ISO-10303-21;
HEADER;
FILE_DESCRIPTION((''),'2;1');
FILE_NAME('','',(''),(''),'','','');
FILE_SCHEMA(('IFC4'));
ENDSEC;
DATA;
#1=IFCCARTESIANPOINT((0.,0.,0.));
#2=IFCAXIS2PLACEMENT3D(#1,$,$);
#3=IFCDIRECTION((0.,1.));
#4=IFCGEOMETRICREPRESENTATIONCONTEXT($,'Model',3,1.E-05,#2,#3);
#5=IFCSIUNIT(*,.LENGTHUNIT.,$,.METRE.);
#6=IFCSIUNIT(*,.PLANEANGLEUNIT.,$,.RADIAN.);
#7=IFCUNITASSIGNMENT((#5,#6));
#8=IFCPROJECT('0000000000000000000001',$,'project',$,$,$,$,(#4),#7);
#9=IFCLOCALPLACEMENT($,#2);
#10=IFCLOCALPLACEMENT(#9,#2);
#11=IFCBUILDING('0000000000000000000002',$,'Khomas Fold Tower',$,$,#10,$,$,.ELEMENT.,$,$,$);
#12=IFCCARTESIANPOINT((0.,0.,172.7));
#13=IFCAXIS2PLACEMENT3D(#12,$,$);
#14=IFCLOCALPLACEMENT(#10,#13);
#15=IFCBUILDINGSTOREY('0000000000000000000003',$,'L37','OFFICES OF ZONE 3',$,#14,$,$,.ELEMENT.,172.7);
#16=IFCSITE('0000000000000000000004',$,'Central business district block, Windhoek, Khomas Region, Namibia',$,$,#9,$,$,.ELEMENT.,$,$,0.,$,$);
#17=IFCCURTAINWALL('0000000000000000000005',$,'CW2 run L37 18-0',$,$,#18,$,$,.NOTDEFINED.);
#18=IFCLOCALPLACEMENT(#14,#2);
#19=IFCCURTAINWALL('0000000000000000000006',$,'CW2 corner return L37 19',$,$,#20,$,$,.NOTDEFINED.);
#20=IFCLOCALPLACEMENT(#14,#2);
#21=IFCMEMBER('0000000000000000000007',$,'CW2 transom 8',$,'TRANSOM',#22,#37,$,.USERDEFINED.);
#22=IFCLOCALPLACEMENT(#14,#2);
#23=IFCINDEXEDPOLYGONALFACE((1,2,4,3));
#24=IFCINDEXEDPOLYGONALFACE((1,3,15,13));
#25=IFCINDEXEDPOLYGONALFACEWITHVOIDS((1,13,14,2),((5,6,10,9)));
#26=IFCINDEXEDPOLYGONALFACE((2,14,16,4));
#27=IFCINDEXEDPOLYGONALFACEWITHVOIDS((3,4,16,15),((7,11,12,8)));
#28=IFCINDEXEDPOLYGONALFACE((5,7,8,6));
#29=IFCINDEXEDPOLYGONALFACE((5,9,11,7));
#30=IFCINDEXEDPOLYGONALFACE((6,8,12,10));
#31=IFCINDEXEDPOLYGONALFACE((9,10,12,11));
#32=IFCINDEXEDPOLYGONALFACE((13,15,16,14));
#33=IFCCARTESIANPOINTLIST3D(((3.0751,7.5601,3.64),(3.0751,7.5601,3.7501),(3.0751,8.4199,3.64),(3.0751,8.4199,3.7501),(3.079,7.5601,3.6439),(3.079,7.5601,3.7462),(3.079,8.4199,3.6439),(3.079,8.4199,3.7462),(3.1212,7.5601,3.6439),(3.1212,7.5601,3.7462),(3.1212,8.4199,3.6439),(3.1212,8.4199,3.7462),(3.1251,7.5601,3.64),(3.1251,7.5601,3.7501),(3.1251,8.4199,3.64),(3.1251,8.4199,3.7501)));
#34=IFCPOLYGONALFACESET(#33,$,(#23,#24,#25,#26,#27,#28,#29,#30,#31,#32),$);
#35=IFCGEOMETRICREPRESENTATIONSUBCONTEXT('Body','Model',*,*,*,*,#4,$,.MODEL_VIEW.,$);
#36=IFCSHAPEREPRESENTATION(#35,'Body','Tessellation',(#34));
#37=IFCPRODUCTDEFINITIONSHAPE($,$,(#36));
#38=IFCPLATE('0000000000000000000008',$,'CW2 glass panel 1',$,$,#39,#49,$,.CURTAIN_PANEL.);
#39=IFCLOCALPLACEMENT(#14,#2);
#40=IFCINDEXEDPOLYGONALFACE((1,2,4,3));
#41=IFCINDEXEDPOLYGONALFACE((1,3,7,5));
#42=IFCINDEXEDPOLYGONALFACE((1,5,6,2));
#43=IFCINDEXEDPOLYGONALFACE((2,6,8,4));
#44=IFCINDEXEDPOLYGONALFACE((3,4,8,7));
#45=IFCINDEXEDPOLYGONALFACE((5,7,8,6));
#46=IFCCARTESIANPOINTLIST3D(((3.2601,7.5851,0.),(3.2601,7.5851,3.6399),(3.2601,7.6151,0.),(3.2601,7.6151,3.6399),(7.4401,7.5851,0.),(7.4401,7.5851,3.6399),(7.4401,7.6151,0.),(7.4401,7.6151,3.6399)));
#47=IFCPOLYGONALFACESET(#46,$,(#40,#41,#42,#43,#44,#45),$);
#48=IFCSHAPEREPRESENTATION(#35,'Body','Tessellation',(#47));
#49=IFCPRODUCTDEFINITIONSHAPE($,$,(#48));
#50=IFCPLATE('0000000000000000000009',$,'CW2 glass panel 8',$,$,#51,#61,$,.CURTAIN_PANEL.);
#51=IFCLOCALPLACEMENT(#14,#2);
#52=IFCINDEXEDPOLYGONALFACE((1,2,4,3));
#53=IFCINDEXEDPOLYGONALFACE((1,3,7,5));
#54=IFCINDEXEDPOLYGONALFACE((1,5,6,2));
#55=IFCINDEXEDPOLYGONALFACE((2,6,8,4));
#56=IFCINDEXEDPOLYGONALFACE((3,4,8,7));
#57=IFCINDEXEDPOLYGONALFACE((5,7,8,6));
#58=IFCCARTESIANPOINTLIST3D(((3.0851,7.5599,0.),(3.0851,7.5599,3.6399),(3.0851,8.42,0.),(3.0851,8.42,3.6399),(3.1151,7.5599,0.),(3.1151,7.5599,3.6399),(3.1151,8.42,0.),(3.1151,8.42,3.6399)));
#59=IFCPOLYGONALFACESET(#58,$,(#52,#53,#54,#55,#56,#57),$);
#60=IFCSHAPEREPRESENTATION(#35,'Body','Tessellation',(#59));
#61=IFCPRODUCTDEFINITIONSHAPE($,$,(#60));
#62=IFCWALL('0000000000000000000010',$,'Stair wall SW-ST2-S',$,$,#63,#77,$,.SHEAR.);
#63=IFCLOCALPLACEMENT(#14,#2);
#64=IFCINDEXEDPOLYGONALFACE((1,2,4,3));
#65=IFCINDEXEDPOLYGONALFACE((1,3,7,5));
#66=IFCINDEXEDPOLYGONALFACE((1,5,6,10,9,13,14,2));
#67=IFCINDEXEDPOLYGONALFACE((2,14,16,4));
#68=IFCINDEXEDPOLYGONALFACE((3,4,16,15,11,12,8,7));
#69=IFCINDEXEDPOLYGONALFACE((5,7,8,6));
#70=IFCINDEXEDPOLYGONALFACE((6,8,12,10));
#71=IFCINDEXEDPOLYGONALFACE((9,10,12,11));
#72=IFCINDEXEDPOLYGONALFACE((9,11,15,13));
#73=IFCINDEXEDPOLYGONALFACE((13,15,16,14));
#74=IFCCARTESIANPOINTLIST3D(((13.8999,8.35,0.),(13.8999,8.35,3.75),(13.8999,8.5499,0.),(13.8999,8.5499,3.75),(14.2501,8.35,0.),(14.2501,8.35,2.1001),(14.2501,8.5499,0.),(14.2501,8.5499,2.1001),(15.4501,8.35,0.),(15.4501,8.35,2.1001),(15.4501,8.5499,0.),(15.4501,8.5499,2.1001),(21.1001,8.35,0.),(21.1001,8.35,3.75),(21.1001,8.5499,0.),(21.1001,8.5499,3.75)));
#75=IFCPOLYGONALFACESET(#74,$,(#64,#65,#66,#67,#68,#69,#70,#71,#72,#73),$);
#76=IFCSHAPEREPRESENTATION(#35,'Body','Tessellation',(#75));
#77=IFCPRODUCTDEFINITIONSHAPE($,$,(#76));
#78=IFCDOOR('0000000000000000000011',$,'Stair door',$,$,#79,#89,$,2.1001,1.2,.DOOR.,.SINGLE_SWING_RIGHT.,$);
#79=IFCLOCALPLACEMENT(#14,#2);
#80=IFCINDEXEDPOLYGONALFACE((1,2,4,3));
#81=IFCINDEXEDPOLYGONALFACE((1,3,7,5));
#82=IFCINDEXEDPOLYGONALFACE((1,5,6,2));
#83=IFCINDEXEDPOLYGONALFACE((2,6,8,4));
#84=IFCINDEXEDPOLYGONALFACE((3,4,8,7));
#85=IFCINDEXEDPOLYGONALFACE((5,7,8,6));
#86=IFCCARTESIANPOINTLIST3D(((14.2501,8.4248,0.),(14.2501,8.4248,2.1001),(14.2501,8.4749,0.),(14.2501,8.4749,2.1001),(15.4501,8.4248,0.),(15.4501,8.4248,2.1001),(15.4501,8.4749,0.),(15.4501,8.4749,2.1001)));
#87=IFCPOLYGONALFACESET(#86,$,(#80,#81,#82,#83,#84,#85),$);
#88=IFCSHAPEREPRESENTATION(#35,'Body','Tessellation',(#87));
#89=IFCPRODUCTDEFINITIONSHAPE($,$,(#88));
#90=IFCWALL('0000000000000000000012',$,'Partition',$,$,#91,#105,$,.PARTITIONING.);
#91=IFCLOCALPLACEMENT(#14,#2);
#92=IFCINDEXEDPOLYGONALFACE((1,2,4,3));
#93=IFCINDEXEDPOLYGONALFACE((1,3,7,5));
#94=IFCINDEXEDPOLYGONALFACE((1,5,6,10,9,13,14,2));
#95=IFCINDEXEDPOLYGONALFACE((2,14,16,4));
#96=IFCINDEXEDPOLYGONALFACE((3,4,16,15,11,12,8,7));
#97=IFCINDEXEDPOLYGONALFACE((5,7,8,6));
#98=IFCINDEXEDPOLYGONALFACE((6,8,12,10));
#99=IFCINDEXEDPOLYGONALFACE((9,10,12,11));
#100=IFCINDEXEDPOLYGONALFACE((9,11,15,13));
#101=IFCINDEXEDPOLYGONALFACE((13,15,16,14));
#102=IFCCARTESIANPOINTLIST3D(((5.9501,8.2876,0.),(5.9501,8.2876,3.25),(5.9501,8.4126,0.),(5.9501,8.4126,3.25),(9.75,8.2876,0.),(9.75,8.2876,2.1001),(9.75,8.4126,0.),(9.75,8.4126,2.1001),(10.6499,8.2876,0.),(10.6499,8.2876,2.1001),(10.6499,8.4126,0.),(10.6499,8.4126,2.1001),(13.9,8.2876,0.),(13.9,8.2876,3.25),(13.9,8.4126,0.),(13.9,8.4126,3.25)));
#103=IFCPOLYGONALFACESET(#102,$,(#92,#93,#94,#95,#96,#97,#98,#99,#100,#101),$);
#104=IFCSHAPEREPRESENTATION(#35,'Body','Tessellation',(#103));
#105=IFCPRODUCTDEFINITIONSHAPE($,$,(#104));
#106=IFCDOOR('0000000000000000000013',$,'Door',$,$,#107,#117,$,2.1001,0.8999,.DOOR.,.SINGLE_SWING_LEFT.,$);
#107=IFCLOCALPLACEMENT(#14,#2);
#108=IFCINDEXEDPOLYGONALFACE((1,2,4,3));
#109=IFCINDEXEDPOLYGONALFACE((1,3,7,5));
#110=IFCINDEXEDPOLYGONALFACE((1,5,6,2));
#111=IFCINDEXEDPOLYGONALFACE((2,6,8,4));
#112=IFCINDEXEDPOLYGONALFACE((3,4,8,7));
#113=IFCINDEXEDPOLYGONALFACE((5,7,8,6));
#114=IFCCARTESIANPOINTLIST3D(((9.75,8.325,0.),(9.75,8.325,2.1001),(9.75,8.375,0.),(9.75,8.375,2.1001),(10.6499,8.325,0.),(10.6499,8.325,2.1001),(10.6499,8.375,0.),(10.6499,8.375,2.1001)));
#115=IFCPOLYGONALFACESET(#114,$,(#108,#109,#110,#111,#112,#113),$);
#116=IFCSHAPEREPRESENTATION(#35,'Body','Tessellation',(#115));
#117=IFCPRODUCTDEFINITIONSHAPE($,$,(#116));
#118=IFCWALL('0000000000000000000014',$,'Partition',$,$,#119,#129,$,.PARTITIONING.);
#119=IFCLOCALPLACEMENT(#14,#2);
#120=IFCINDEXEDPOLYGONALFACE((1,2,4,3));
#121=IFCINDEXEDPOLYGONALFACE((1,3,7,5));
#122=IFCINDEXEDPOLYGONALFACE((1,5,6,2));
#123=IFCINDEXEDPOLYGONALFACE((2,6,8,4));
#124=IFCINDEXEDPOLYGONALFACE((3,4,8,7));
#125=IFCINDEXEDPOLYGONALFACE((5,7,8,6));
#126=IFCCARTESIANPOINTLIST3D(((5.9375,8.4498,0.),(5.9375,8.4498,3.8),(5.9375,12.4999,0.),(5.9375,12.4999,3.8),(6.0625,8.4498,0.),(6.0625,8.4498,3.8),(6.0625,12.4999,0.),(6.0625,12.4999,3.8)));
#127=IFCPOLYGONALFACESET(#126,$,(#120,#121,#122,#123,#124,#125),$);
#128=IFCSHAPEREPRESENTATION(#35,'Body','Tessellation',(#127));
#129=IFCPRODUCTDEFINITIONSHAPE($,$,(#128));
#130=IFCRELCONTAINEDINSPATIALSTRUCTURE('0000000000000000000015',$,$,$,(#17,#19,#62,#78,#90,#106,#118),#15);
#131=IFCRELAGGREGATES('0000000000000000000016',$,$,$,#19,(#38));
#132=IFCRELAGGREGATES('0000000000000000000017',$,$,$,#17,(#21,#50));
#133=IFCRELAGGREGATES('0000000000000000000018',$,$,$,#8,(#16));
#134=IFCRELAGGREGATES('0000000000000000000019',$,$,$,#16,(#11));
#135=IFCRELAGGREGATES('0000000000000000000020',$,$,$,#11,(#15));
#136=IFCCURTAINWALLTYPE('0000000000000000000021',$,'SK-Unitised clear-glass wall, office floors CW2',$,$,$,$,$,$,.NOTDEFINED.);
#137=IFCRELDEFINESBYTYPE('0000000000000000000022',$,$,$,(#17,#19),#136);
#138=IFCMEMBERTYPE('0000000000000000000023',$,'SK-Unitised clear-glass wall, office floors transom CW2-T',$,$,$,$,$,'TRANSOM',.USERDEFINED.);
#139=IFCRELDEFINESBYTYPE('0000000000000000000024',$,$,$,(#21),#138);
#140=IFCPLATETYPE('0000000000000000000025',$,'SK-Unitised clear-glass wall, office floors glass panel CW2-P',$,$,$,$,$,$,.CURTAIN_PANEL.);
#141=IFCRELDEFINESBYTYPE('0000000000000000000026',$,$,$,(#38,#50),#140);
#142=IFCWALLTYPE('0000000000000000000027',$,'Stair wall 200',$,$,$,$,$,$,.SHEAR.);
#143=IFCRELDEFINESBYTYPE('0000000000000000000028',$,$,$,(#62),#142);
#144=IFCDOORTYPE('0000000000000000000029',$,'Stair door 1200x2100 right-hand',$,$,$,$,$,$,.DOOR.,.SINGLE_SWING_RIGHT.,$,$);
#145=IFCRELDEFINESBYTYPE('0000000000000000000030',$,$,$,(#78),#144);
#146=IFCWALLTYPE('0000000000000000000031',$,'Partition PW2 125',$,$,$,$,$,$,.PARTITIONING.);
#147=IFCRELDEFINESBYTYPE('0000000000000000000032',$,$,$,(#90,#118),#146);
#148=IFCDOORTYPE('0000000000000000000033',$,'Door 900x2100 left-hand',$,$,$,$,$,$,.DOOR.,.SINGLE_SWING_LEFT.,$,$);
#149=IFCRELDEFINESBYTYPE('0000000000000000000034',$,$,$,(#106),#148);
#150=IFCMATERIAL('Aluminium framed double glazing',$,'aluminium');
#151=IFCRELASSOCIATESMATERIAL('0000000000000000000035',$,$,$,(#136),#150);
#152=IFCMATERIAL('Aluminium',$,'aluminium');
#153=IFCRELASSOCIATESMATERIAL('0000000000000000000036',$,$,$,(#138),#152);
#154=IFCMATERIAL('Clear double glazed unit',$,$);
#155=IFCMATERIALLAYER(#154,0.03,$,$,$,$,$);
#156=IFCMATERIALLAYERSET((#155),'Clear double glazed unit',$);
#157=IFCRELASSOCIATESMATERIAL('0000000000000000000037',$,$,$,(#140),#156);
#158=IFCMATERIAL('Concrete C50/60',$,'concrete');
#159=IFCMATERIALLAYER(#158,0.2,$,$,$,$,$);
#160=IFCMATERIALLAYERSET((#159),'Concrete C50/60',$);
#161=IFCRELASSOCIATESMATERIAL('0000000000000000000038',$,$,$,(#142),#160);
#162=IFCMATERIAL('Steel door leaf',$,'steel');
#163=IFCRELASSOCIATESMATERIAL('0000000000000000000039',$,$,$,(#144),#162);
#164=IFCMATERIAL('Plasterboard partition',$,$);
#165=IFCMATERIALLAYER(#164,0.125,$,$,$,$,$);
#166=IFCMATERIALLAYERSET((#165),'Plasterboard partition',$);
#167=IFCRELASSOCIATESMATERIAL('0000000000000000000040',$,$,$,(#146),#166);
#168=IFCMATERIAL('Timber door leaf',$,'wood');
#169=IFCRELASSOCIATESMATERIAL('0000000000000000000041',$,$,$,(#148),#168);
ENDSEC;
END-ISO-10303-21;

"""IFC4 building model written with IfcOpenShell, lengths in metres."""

from ifc_helpers import new_model, si_unit, direction, frame, frame_2d, origin, origin_2d, place, context, subcontext, project, spatial, rectangle, hollow_rectangle, extrude, source, transform, mapped, material, layer, layer_set, material_profile, profile_set, type_object, element, fill, aggregate, save


model = new_model("IFC4")

# Units and contexts
model_context = context("Model", 3, precision=1e-05, world=origin(), true_north=direction((0.0, 1.0)))
body_context = subcontext(model_context, "Body", "Model", "MODEL_VIEW")
ifc_project = project(units=[si_unit("LENGTHUNIT", "METRE"), si_unit("PLANEANGLEUNIT", "RADIAN")], contexts=[model_context])

# Site, building, storey
site_placement = place(None, origin())
site = spatial("IfcSite", under=ifc_project, at=site_placement, Name="Central business district block, Windhoek, Khomas Region, Namibia", CompositionType="ELEMENT", RefElevation=0.0)
building_placement = place(site_placement, origin())
building = spatial("IfcBuilding", under=site, at=building_placement, Name="Khomas Fold Tower", CompositionType="ELEMENT")
storey_placement = place(building_placement, frame((0.0, 0.0, 172.7)))
storey = spatial("IfcBuildingStorey", under=building, at=storey_placement, Name="L37", Description="OFFICES OF ZONE 3", CompositionType="ELEMENT", Elevation=172.7)

# Shared definitions
ifc_material_1 = material(Name="Aluminium framed double glazing", Category="aluminium")
curtain_wall_type = type_object("IfcCurtainWallType", Name="SK-Unitised clear-glass wall, office floors CW2", PredefinedType="NOTDEFINED", material=ifc_material_1)

# Curtain walls
curtain_wall_1_placement = place(storey_placement, origin())
curtain_wall_1 = element("IfcCurtainWall", 1, at=curtain_wall_1_placement, inside=storey, type_object=curtain_wall_type, Name="CW2 run L37 18-0", PredefinedType="NOTDEFINED")
curtain_wall_2_placement = place(storey_placement, origin())
curtain_wall_2 = element("IfcCurtainWall", 2, at=curtain_wall_2_placement, inside=storey, type_object=curtain_wall_type, Name="CW2 corner return L37 19", PredefinedType="NOTDEFINED")

# Member
ifc_material_2 = material(Name="Aluminium", Category="aluminium")
ifc_material_profile_1 = material_profile(ifc_material_2, hollow_rectangle(XDim=0.05, YDim=0.1101, WallThickness=0.0039, at=origin_2d()), Name="SK-Unitised clear-glass wall, office floors transom CW2-T")
ifc_profile_set_1 = profile_set([ifc_material_profile_1], Name="Aluminium")
member_type_1 = type_object("IfcMemberType", Name="SK-Unitised clear-glass wall, office floors transom CW2-T", ElementType="TRANSOM", PredefinedType="USERDEFINED", material=ifc_profile_set_1)
shared_shape_1 = source(origin(), body_context, "Body", "SweptSolid", [
    extrude(hollow_rectangle(XDim=0.05, YDim=0.1101, WallThickness=0.0039, at=origin_2d()), origin(), (0.0, 0.0, 1.0), 0.8599),
])
member_1_placement = place(storey_placement, frame((3.1001, 8.4199, 3.6951), z_axis=(0.0, -1.0, 0.0), x_axis=(1.0, 0.0, 0.0)))
member_1 = element("IfcMember", 3, at=member_1_placement, type_object=member_type_1, Name="CW2 transom 8", ObjectType="TRANSOM", PredefinedType="USERDEFINED", context=body_context, shape_type="MappedRepresentation", body=[
    mapped(shared_shape_1, transform((0.0, 0.0, 0.0))),
])

# Plates
ifc_material_3 = material(Name="Clear double glazed unit")
ifc_layer_1 = layer(ifc_material_3, 0.03)
ifc_layer_set_1 = layer_set([ifc_layer_1], Name="Clear double glazed unit")
plate_type = type_object("IfcPlateType", Name="SK-Unitised clear-glass wall, office floors glass panel CW2-P", PredefinedType="CURTAIN_PANEL", material=ifc_layer_set_1)
shared_shape_2 = source(origin(), body_context, "Body", "SweptSolid", [
    extrude(rectangle(XDim=4.1799, YDim=0.03, at=origin_2d()), origin(), (0.0, 0.0, 1.0), 3.6399),
])
plate_1_placement = place(storey_placement, frame((5.3501, 7.6001, 0.0), z_axis=(0.0, 0.0, 1.0), x_axis=(1.0, 0.0, 0.0)))
plate_1 = element("IfcPlate", 4, at=plate_1_placement, type_object=plate_type, Name="CW2 glass panel 1", PredefinedType="CURTAIN_PANEL", context=body_context, shape_type="MappedRepresentation", body=[
    mapped(shared_shape_2, transform((0.0, 0.0, 0.0))),
])
aggregate(curtain_wall_2, [plate_1])
shared_shape_3 = source(origin(), body_context, "Body", "SweptSolid", [
    extrude(rectangle(XDim=0.8601, YDim=0.03, at=origin_2d()), origin(), (0.0, 0.0, 1.0), 3.6399),
])
plate_2_placement = place(storey_placement, frame((3.1001, 7.99, 0.0), z_axis=(0.0, 0.0, 1.0), x_axis=(0.0, -1.0, 0.0)))
plate_2 = element("IfcPlate", 5, at=plate_2_placement, type_object=plate_type, Name="CW2 glass panel 8", PredefinedType="CURTAIN_PANEL", context=body_context, shape_type="MappedRepresentation", body=[
    mapped(shared_shape_3, transform((0.0, 0.0, 0.0))),
])
aggregate(curtain_wall_1, [member_1, plate_2])

# Walls, openings, doors
ifc_material_4 = material(Name="Concrete C50/60", Category="concrete")
ifc_layer_2 = layer(ifc_material_4, 0.2)
ifc_layer_set_2 = layer_set([ifc_layer_2], Name="Concrete C50/60")
wall_type_1 = type_object("IfcWallType", Name="Stair wall 200", PredefinedType="SHEAR", material=ifc_layer_set_2)
shared_shape_4 = source(origin(), body_context, "Body", "SweptSolid", [
    extrude(rectangle(XDim=7.2002, YDim=0.2, at=frame_2d((3.6001, 0.0))), origin(), (0.0, 0.0, 1.0), 3.75),
])
wall_1_placement = place(storey_placement, frame((13.8999, 8.45, 0.0), z_axis=(0.0, 0.0, 1.0), x_axis=(1.0, 0.0, 0.0)))
wall_1 = element("IfcWall", 6, at=wall_1_placement, inside=storey, type_object=wall_type_1, Name="Stair wall SW-ST2-S", PredefinedType="SHEAR", context=body_context, shape_type="MappedRepresentation", body=[
    mapped(shared_shape_4, transform((0.0, 0.0, 0.0))),
])
shared_shape_5 = source(origin(), body_context, "Body", "SweptSolid", [
    extrude(rectangle(XDim=1.2, YDim=2.1001, at=frame_2d((0.6001, 1.05))), frame((0.0, 0.1099, 0.0), z_axis=(0.0, -1.0, 0.0), x_axis=(1.0, 0.0, 0.0)), (0.0, 0.0, 1.0), 0.22),
])
opening_1_placement = place(wall_1_placement, frame((0.3501, 0.0, 0.0)))
opening_1 = element("IfcOpeningElement", 7, at=opening_1_placement, cuts=wall_1, PredefinedType="OPENING", context=body_context, shape_type="MappedRepresentation", body=[
    mapped(shared_shape_5, transform((0.0, 0.0, 0.0))),
])
ifc_material_5 = material(Name="Steel door leaf", Category="steel")
door_type_1 = type_object("IfcDoorType", Name="Stair door 1200x2100 right-hand", OperationType="SINGLE_SWING_RIGHT", PredefinedType="DOOR", material=ifc_material_5)
shared_shape_6 = source(origin(), body_context, "Body", "SweptSolid", [
    extrude(rectangle(XDim=1.2, YDim=2.1001, at=frame_2d((0.6001, 1.05))), frame((0.0, 0.0249, 0.0), z_axis=(0.0, -1.0, 0.0), x_axis=(1.0, 0.0, 0.0)), (0.0, 0.0, 1.0), 0.05),
])
door_1_placement = place(opening_1_placement, origin())
door_1 = element("IfcDoor", 8, at=door_1_placement, inside=storey, type_object=door_type_1, Name="Stair door", OperationType="SINGLE_SWING_RIGHT", OverallHeight=2.1001, OverallWidth=1.2, PredefinedType="DOOR", context=body_context, shape_type="MappedRepresentation", body=[
    mapped(shared_shape_6, transform((0.0, 0.0, 0.0))),
])
fill(opening_1, door_1)
ifc_material_6 = material(Name="Plasterboard partition")
ifc_layer_3 = layer(ifc_material_6, 0.125)
ifc_layer_set_3 = layer_set([ifc_layer_3], Name="Plasterboard partition")
wall_type_2 = type_object("IfcWallType", Name="Partition PW2 125", PredefinedType="PARTITIONING", material=ifc_layer_set_3)
shared_shape_7 = source(origin(), body_context, "Body", "SweptSolid", [
    extrude(rectangle(XDim=7.95, YDim=0.125, at=frame_2d((3.9751, 0.0))), origin(), (0.0, 0.0, 1.0), 3.25),
])
wall_2_placement = place(storey_placement, frame((5.95, 8.3501, 0.0), z_axis=(0.0, 0.0, 1.0), x_axis=(1.0, 0.0, 0.0)))
wall_2 = element("IfcWall", 9, at=wall_2_placement, inside=storey, type_object=wall_type_2, Name="Partition", PredefinedType="PARTITIONING", context=body_context, shape_type="MappedRepresentation", body=[
    mapped(shared_shape_7, transform((0.0, 0.0, 0.0))),
])
shared_shape_8 = source(origin(), body_context, "Body", "SweptSolid", [
    extrude(rectangle(XDim=0.8999, YDim=2.1001, at=frame_2d((0.45, 1.05))), frame((0.0, 0.0725, 0.0), z_axis=(0.0, -1.0, 0.0), x_axis=(1.0, 0.0, 0.0)), (0.0, 0.0, 1.0), 0.145),
])
opening_2_placement = place(wall_2_placement, frame((3.8, 0.0, 0.0)))
opening_2 = element("IfcOpeningElement", 10, at=opening_2_placement, cuts=wall_2, PredefinedType="OPENING", context=body_context, shape_type="MappedRepresentation", body=[
    mapped(shared_shape_8, transform((0.0, 0.0, 0.0))),
])
ifc_material_7 = material(Name="Timber door leaf", Category="wood")
door_type_2 = type_object("IfcDoorType", Name="Door 900x2100 left-hand", OperationType="SINGLE_SWING_LEFT", PredefinedType="DOOR", material=ifc_material_7)
shared_shape_9 = source(origin(), body_context, "Body", "SweptSolid", [
    extrude(rectangle(XDim=0.8999, YDim=2.1001, at=frame_2d((0.45, 1.05))), frame((0.0, 0.0249, 0.0), z_axis=(0.0, -1.0, 0.0), x_axis=(1.0, 0.0, 0.0)), (0.0, 0.0, 1.0), 0.05),
])
door_2_placement = place(opening_2_placement, origin())
door_2 = element("IfcDoor", 11, at=door_2_placement, inside=storey, type_object=door_type_2, Name="Door", OperationType="SINGLE_SWING_LEFT", OverallHeight=2.1001, OverallWidth=0.8999, PredefinedType="DOOR", context=body_context, shape_type="MappedRepresentation", body=[
    mapped(shared_shape_9, transform((0.0, 0.0, 0.0))),
])
fill(opening_2, door_2)

# Wall
shared_shape_10 = source(origin(), body_context, "Body", "SweptSolid", [
    extrude(rectangle(XDim=4.05, YDim=0.125, at=frame_2d((2.0249, 0.0))), origin(), (0.0, 0.0, 1.0), 3.8),
])
wall_3_placement = place(storey_placement, frame((6.0, 8.45, 0.0), z_axis=(0.0, 0.0, 1.0), x_axis=(0.0, 1.0, 0.0)))
element("IfcWall", 12, at=wall_3_placement, inside=storey, type_object=wall_type_2, Name="Partition", PredefinedType="PARTITIONING", context=body_context, shape_type="MappedRepresentation", body=[
    mapped(shared_shape_10, transform((0.0, 0.0, 0.0))),
])

save(model, "model.ifc")
